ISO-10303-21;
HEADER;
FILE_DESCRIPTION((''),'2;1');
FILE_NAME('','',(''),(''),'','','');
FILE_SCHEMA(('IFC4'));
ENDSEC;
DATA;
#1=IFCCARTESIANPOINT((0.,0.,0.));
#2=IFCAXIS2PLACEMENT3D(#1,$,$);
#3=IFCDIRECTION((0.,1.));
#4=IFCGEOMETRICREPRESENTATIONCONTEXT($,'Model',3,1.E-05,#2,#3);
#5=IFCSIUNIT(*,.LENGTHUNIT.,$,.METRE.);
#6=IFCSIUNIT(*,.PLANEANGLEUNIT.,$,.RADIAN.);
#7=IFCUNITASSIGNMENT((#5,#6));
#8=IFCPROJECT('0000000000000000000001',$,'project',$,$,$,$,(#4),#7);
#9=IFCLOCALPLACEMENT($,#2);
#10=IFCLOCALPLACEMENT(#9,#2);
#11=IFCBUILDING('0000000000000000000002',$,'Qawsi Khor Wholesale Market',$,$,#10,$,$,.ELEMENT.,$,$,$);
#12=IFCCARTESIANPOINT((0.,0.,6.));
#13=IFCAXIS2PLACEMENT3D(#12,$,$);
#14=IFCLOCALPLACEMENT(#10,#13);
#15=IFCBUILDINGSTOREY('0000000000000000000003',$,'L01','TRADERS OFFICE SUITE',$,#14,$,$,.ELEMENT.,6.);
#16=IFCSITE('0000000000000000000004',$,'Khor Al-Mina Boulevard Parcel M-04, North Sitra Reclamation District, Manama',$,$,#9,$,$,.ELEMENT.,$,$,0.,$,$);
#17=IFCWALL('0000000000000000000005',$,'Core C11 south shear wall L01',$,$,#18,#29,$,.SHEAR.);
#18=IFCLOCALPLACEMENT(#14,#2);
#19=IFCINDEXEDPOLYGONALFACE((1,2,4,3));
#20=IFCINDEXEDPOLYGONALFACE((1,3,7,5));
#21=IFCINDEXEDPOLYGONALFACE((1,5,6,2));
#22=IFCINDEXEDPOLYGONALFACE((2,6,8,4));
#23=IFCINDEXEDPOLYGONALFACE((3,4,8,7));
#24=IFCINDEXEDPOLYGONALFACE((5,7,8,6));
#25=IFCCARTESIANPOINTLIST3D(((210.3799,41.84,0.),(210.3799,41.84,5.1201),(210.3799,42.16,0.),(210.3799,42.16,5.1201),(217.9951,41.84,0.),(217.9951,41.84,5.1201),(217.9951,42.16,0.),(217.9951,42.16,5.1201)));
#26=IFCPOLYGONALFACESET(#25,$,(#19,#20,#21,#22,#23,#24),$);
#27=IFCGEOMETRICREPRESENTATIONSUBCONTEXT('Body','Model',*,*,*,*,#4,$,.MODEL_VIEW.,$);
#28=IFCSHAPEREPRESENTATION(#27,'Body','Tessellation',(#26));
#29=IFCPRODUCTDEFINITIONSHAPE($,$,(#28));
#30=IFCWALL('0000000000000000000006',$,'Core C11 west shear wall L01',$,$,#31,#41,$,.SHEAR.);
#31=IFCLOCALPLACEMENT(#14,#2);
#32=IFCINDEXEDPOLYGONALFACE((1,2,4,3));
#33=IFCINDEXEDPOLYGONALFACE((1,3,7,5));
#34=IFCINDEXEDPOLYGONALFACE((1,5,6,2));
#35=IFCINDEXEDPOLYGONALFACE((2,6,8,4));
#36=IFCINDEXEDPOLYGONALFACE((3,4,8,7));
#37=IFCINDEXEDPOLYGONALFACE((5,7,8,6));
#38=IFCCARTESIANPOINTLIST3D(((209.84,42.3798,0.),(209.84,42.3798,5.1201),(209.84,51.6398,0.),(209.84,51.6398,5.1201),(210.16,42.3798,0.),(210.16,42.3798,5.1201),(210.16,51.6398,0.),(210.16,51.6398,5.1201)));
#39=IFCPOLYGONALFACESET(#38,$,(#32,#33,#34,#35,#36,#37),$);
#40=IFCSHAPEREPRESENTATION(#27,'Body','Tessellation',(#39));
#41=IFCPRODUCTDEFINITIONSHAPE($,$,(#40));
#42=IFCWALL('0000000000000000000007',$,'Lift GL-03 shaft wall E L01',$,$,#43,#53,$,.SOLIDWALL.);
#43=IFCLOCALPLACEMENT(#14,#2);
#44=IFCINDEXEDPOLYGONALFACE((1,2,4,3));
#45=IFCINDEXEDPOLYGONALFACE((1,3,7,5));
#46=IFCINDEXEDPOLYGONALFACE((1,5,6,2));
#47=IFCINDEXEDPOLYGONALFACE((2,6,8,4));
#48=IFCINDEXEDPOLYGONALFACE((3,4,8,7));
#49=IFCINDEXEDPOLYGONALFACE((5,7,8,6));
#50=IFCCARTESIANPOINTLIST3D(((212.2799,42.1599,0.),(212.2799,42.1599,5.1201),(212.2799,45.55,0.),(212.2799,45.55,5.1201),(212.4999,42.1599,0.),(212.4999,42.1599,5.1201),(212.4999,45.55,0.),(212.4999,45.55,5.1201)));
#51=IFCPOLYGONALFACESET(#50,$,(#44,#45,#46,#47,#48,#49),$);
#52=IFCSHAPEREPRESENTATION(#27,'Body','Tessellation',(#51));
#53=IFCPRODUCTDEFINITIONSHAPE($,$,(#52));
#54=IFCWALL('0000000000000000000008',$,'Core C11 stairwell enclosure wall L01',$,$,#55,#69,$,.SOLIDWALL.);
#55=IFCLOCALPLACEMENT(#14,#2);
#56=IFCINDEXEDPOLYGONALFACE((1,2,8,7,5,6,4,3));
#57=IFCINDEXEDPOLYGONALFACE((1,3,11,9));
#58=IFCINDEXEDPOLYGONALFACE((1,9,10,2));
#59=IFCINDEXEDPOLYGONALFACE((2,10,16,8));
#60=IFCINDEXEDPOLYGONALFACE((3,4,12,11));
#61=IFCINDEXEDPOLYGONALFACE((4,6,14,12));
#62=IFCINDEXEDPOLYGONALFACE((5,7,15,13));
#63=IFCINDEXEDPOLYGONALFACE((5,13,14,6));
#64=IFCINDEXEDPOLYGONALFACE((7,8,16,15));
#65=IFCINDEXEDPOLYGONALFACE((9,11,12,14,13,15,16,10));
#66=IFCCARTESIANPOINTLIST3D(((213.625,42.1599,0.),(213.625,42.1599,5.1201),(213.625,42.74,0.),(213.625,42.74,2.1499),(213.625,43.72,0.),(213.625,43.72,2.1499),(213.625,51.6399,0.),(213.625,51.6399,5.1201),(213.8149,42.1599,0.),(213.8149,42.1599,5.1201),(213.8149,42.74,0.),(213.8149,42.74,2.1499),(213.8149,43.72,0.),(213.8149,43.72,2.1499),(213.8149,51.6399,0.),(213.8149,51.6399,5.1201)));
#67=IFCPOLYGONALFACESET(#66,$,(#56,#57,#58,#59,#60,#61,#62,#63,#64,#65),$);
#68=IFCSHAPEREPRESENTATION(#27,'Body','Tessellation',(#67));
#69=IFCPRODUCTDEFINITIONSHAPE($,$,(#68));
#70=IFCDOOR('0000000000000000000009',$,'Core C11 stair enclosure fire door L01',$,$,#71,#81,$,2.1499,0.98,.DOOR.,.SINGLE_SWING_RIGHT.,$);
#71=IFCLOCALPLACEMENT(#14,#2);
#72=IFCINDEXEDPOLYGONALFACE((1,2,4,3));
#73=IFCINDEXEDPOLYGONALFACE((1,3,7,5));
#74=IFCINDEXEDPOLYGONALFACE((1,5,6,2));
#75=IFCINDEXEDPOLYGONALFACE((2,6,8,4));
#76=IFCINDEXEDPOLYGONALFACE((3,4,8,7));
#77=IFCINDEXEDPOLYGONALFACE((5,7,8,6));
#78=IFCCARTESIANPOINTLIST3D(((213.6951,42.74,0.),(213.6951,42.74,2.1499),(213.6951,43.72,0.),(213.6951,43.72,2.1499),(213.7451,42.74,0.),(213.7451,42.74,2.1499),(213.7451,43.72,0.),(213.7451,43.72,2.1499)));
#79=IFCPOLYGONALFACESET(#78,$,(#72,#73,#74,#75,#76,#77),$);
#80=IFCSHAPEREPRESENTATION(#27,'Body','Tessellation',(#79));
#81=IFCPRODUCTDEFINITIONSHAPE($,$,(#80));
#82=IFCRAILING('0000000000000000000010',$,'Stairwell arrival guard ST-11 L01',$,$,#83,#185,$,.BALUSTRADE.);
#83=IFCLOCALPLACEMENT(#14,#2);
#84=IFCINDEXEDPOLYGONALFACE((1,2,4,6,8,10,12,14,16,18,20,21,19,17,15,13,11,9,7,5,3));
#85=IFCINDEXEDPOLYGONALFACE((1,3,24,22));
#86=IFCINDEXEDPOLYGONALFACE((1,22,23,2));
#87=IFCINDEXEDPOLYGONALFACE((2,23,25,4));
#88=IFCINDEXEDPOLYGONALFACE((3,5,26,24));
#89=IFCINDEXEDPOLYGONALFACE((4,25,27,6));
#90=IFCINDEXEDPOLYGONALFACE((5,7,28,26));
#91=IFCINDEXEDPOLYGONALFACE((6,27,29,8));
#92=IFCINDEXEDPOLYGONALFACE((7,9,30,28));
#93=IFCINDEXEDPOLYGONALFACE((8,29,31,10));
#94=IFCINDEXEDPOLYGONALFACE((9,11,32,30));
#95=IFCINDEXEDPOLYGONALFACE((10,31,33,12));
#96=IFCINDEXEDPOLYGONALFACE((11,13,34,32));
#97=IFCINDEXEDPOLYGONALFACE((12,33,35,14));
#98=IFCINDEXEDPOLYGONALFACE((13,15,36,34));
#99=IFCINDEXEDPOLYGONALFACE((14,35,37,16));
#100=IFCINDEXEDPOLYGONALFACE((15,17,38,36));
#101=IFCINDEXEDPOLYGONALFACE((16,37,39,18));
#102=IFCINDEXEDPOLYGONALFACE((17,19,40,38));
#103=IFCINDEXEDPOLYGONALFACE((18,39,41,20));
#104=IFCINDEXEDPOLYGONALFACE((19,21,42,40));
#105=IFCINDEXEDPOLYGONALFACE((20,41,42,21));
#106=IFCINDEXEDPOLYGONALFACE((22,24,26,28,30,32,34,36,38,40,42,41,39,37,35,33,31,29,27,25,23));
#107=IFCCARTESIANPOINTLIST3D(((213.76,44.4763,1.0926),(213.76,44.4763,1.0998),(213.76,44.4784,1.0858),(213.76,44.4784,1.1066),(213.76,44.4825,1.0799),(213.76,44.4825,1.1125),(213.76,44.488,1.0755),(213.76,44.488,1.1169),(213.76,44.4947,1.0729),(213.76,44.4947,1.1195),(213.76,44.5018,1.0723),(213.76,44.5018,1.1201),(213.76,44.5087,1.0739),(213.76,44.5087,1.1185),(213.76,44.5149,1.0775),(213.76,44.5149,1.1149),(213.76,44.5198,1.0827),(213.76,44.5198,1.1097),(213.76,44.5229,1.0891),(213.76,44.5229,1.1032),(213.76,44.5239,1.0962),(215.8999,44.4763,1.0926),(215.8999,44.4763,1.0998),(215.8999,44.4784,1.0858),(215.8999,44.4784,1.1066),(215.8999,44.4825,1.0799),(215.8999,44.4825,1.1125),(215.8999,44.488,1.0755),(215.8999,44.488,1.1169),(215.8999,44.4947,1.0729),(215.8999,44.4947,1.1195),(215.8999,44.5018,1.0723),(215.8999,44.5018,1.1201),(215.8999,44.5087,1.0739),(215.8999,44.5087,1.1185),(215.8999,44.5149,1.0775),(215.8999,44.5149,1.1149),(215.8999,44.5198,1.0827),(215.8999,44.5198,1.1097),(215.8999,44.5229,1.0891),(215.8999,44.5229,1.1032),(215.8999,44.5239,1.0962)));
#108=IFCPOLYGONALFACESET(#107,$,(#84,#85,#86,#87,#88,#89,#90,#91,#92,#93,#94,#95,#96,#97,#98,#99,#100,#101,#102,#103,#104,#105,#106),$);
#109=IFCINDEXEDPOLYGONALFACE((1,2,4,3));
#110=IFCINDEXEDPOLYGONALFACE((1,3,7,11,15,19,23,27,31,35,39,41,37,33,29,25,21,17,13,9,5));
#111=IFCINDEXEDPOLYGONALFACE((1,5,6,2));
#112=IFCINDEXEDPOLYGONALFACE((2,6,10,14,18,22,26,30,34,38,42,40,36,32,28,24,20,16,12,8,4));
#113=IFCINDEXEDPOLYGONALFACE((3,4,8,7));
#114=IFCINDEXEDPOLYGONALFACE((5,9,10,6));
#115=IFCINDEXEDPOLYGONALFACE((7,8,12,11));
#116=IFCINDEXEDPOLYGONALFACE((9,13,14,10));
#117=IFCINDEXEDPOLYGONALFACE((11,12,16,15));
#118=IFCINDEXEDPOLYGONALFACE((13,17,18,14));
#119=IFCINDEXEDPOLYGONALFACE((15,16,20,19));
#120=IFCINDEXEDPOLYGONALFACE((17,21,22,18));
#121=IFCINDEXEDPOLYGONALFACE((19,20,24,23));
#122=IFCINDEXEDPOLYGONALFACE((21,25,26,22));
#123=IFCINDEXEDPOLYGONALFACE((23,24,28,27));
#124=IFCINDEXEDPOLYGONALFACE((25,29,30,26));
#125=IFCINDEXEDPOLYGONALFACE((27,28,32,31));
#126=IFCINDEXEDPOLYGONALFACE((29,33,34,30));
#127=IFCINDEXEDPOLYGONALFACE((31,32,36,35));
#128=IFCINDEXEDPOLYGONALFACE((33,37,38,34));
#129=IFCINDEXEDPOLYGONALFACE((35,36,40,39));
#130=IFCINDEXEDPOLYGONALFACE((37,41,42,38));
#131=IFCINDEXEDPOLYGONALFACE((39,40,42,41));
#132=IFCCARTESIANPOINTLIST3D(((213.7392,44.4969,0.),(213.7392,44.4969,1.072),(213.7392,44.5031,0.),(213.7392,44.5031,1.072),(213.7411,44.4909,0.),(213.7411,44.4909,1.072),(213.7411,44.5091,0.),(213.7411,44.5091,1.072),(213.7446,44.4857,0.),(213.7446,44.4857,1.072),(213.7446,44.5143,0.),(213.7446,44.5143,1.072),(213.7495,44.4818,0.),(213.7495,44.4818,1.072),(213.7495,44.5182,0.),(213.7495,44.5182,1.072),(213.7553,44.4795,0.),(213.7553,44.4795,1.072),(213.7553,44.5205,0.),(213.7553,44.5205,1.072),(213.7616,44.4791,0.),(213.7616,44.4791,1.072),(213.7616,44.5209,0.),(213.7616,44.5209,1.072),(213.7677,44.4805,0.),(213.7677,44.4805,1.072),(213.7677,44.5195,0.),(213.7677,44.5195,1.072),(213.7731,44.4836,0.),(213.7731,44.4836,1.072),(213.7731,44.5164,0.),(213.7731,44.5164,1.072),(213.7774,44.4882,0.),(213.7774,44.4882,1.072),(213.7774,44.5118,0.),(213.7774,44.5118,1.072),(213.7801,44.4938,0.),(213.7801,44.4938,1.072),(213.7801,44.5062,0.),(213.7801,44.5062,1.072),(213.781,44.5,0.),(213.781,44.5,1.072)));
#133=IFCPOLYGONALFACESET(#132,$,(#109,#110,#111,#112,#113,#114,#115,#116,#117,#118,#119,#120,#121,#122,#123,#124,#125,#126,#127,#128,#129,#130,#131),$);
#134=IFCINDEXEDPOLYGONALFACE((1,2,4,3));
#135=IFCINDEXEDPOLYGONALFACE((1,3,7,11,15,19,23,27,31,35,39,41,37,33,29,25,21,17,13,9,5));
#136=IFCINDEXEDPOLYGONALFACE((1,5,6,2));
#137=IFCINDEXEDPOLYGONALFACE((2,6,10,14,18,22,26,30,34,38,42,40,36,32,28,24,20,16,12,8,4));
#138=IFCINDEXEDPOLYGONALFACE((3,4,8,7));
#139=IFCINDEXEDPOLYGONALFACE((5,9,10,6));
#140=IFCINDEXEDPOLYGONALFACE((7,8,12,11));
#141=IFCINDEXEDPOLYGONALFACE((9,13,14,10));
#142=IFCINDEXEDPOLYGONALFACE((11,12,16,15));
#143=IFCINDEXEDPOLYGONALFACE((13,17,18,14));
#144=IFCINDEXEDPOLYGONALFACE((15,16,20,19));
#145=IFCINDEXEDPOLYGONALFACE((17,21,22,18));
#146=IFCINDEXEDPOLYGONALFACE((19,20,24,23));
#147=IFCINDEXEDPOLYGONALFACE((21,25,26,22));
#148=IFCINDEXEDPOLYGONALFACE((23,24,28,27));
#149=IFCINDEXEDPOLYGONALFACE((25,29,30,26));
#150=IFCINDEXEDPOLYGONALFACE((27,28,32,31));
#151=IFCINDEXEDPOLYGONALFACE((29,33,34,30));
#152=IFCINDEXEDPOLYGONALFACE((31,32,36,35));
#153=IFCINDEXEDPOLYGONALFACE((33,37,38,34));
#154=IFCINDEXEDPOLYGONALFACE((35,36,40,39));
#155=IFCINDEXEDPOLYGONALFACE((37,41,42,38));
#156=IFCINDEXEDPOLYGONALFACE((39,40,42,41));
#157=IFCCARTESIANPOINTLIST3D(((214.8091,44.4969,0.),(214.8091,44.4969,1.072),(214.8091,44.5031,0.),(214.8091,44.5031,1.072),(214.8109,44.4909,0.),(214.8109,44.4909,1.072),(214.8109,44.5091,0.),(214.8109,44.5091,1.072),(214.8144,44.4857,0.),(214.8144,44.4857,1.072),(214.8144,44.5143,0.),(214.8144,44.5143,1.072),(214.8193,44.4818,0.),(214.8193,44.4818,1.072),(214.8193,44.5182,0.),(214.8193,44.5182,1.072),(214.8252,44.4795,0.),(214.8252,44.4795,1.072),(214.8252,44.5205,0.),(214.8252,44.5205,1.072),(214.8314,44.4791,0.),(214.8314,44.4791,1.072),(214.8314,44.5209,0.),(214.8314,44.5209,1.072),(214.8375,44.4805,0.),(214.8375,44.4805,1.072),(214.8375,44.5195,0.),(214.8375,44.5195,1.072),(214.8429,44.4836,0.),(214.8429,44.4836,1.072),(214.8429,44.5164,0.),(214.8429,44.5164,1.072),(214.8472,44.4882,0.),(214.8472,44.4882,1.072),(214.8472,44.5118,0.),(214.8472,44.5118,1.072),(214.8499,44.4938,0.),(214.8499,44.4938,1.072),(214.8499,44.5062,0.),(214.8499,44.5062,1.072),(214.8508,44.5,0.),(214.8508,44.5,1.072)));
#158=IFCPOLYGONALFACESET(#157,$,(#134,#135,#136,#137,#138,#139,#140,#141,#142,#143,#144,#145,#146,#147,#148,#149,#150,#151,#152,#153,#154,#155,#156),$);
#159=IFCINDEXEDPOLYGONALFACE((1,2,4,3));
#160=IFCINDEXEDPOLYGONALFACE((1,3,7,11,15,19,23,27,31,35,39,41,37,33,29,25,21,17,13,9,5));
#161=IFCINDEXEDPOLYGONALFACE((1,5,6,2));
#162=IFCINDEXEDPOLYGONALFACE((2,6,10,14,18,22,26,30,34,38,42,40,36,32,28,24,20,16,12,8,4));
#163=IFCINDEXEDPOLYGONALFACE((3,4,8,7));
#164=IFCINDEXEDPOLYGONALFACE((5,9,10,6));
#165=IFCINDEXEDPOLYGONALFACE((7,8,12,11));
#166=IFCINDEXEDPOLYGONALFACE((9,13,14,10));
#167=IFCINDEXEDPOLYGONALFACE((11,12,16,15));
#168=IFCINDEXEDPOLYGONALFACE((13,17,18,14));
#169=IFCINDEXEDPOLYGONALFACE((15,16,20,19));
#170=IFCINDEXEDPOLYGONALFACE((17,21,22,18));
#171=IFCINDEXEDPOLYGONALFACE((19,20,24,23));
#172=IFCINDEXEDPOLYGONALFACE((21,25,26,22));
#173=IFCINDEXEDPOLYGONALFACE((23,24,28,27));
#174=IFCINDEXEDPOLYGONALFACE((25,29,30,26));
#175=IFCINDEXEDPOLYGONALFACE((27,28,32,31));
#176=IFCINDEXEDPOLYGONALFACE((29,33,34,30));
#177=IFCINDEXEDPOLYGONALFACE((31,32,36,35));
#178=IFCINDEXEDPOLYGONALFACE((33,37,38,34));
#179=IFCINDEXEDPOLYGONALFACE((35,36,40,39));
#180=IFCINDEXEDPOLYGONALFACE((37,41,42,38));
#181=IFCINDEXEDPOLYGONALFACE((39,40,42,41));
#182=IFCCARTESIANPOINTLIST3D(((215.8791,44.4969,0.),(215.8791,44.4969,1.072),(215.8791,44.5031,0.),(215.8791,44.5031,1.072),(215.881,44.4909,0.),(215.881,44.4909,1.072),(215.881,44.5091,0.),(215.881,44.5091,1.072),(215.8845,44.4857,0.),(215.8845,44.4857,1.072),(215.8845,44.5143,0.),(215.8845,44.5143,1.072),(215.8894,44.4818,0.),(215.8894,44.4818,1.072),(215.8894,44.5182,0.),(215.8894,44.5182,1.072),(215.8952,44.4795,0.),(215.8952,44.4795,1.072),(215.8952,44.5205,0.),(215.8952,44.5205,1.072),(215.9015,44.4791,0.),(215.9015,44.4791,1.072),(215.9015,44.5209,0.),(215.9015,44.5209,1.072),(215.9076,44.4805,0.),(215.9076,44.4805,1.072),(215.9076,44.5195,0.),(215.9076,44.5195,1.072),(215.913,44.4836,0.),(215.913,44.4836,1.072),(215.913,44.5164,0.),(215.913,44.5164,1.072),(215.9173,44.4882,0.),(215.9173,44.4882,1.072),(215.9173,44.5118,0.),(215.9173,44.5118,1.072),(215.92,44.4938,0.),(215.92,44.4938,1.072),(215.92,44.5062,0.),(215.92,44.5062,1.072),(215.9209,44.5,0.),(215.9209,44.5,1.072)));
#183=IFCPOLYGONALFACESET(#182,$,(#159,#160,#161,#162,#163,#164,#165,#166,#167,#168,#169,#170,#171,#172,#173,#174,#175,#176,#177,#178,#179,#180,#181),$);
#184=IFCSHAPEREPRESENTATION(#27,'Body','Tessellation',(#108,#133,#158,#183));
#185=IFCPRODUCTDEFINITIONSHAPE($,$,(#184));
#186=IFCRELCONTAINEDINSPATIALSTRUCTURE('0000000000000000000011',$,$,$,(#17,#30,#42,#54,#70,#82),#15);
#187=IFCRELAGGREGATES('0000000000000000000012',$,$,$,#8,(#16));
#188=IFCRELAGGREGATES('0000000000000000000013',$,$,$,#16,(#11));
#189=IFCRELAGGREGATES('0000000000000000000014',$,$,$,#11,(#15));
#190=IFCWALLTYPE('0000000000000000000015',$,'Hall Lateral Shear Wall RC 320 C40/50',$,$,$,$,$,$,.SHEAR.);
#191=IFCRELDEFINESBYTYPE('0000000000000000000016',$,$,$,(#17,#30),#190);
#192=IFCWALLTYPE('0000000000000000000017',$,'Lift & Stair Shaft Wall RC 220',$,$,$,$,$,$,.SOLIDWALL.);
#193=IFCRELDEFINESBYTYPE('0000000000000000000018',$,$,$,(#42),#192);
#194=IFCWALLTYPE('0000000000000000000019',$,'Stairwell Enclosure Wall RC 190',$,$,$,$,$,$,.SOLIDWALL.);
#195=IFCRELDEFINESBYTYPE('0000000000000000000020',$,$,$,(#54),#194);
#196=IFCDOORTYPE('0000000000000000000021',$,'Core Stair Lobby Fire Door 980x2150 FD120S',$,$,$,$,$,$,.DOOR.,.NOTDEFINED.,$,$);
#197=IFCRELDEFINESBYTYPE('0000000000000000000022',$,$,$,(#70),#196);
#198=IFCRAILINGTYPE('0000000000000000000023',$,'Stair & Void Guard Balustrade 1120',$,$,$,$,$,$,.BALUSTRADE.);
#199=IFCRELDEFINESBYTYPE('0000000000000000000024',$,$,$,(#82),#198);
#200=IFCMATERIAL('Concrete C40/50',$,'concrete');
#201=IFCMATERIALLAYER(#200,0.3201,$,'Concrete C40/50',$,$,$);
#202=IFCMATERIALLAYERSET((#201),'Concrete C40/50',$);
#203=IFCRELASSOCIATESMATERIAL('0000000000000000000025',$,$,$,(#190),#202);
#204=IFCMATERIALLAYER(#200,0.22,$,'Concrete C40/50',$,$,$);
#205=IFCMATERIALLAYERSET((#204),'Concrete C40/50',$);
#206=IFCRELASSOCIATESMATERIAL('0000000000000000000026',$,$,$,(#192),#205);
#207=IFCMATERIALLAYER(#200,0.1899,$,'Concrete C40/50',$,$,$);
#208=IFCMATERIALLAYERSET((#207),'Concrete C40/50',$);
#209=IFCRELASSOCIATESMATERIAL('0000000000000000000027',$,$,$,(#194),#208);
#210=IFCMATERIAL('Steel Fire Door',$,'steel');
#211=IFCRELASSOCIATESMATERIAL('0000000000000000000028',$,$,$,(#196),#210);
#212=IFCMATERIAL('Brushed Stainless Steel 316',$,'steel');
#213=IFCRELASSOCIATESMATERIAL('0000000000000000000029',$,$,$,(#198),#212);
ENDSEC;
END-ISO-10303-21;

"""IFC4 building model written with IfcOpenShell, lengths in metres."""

from ifc_helpers import new_model, si_unit, direction, frame, frame_2d, origin, origin_2d, place, context, subcontext, project, spatial, rectangle, circle, extrude, material, layer, layer_set, type_object, element, fill, save


model = new_model("IFC4")

# Units and contexts
model_context = context("Model", 3, precision=1e-05, world=origin(), true_north=direction((0.0, 1.0)))
body_context = subcontext(model_context, "Body", "Model", "MODEL_VIEW")
ifc_project = project(units=[si_unit("LENGTHUNIT", "METRE"), si_unit("PLANEANGLEUNIT", "RADIAN")], contexts=[model_context])

# Site, building, storey
site_placement = place(None, origin())
site = spatial("IfcSite", under=ifc_project, at=site_placement, Name="Khor Al-Mina Boulevard Parcel M-04, North Sitra Reclamation District, Manama", CompositionType="ELEMENT", RefElevation=0.0)
building_placement = place(site_placement, origin())
building = spatial("IfcBuilding", under=site, at=building_placement, Name="Qawsi Khor Wholesale Market", CompositionType="ELEMENT")
storey_placement = place(building_placement, frame((0.0, 0.0, 6.0)))
storey = spatial("IfcBuildingStorey", under=building, at=storey_placement, Name="L01", Description="TRADERS OFFICE SUITE", CompositionType="ELEMENT", Elevation=6.0)

# Shared definitions
ifc_material_1 = material(Name="Concrete C40/50", Category="concrete")

# Walls
ifc_layer_1 = layer(ifc_material_1, 0.3201, Name="Concrete C40/50")
ifc_layer_set_1 = layer_set([ifc_layer_1], Name="Concrete C40/50")
wall_type_1 = type_object("IfcWallType", Name="Hall Lateral Shear Wall RC 320 C40/50", PredefinedType="SHEAR", material=ifc_layer_set_1)
wall_1_placement = place(storey_placement, frame((217.9951, 42.0, 0.0), z_axis=(0.0, 0.0, 1.0), x_axis=(-1.0, 0.0, 0.0)))
element("IfcWall", 1, at=wall_1_placement, inside=storey, type_object=wall_type_1, Name="Core C11 south shear wall L01", PredefinedType="SHEAR", context=body_context, shape_type="SweptSolid", body=[
    extrude(rectangle(XDim=7.6152, YDim=0.3201, at=frame_2d((3.8076, 0.0))), origin(), (0.0, 0.0, 1.0), 5.1201),
])
wall_2_placement = place(storey_placement, frame((210.0, 42.3799, 0.0), z_axis=(0.0, 0.0, 1.0), x_axis=(0.0, 1.0, 0.0)))
element("IfcWall", 2, at=wall_2_placement, inside=storey, type_object=wall_type_1, Name="Core C11 west shear wall L01", PredefinedType="SHEAR", context=body_context, shape_type="SweptSolid", body=[
    extrude(rectangle(XDim=9.26, YDim=0.3201, at=frame_2d((4.6299, 0.0))), origin(), (0.0, 0.0, 1.0), 5.1201),
])
ifc_layer_2 = layer(ifc_material_1, 0.22, Name="Concrete C40/50")
ifc_layer_set_2 = layer_set([ifc_layer_2], Name="Concrete C40/50")
wall_type_2 = type_object("IfcWallType", Name="Lift & Stair Shaft Wall RC 220", PredefinedType="SOLIDWALL", material=ifc_layer_set_2)
wall_3_placement = place(storey_placement, frame((212.3899, 42.1599, 0.0), z_axis=(0.0, 0.0, 1.0), x_axis=(0.0, 1.0, 0.0)))
element("IfcWall", 3, at=wall_3_placement, inside=storey, type_object=wall_type_2, Name="Lift GL-03 shaft wall E L01", PredefinedType="SOLIDWALL", context=body_context, shape_type="SweptSolid", body=[
    extrude(rectangle(XDim=3.3901, YDim=0.22, at=frame_2d((1.6951, 0.0))), origin(), (0.0, 0.0, 1.0), 5.1201),
])

# Wall, opening, door
ifc_layer_3 = layer(ifc_material_1, 0.1899, Name="Concrete C40/50")
ifc_layer_set_3 = layer_set([ifc_layer_3], Name="Concrete C40/50")
wall_type_3 = type_object("IfcWallType", Name="Stairwell Enclosure Wall RC 190", PredefinedType="SOLIDWALL", material=ifc_layer_set_3)
wall_4_placement = place(storey_placement, frame((213.72, 42.1599, 0.0), z_axis=(0.0, 0.0, 1.0), x_axis=(0.0, 1.0, 0.0)))
wall_4 = element("IfcWall", 4, at=wall_4_placement, inside=storey, type_object=wall_type_3, Name="Core C11 stairwell enclosure wall L01", PredefinedType="SOLIDWALL", context=body_context, shape_type="SweptSolid", body=[
    extrude(rectangle(XDim=9.48, YDim=0.1899, at=frame_2d((4.74, 0.0))), origin(), (0.0, 0.0, 1.0), 5.1201),
])
opening_1_placement = place(wall_4_placement, frame((0.5801, 0.0, 0.0)))
opening_1 = element("IfcOpeningElement", 5, at=opening_1_placement, cuts=wall_4, PredefinedType="OPENING", context=body_context, shape_type="SweptSolid", body=[
    extrude(rectangle(XDim=0.98, YDim=2.1499, at=frame_2d((0.49, 1.075))), frame((0.0, 0.105, 0.0), z_axis=(0.0, -1.0, 0.0), x_axis=(1.0, 0.0, 0.0)), (0.0, 0.0, 1.0), 0.21),
])
ifc_material_2 = material(Name="Steel Fire Door", Category="steel")
door_type_1 = type_object("IfcDoorType", Name="Core Stair Lobby Fire Door 980x2150 FD120S", OperationType="NOTDEFINED", PredefinedType="DOOR", material=ifc_material_2)
door_1_placement = place(opening_1_placement, origin())
door_1 = element("IfcDoor", 6, at=door_1_placement, inside=storey, type_object=door_type_1, Name="Core C11 stair enclosure fire door L01", OperationType="SINGLE_SWING_RIGHT", OverallHeight=2.1499, OverallWidth=0.98, PredefinedType="DOOR", context=body_context, shape_type="SweptSolid", body=[
    extrude(rectangle(XDim=0.98, YDim=2.1499, at=frame_2d((0.49, 1.075))), frame((0.0, 0.0249, 0.0), z_axis=(0.0, -1.0, 0.0), x_axis=(1.0, 0.0, 0.0)), (0.0, 0.0, 1.0), 0.05),
])
fill(opening_1, door_1)

# Railing
ifc_material_3 = material(Name="Brushed Stainless Steel 316", Category="steel")
railing_type = type_object("IfcRailingType", Name="Stair & Void Guard Balustrade 1120", PredefinedType="BALUSTRADE", material=ifc_material_3)
railing_placement = place(storey_placement, frame((213.76, 44.5, 0.0)))
element("IfcRailing", 7, at=railing_placement, inside=storey, type_object=railing_type, Name="Stairwell arrival guard ST-11 L01", PredefinedType="BALUSTRADE", context=body_context, shape_type="SweptSolid", body=[
    extrude(circle(Radius=0.0239, at=origin_2d()), frame((0.0, 0.0, 1.0962), z_axis=(1.0, 0.0, 0.0), x_axis=(0.0, 1.0, 0.0)), (0.0, 0.0, 1.0), 2.1399),
    extrude(circle(Radius=0.021, at=origin_2d()), origin(), (0.0, 0.0, 1.0), 1.072),
    extrude(circle(Radius=0.021, at=origin_2d()), frame((1.0698, 0.0, 0.0)), (0.0, 0.0, 1.0), 1.072),
    extrude(circle(Radius=0.021, at=origin_2d()), frame((2.1399, 0.0, 0.0)), (0.0, 0.0, 1.0), 1.072),
])

save(model, "model.ifc")
